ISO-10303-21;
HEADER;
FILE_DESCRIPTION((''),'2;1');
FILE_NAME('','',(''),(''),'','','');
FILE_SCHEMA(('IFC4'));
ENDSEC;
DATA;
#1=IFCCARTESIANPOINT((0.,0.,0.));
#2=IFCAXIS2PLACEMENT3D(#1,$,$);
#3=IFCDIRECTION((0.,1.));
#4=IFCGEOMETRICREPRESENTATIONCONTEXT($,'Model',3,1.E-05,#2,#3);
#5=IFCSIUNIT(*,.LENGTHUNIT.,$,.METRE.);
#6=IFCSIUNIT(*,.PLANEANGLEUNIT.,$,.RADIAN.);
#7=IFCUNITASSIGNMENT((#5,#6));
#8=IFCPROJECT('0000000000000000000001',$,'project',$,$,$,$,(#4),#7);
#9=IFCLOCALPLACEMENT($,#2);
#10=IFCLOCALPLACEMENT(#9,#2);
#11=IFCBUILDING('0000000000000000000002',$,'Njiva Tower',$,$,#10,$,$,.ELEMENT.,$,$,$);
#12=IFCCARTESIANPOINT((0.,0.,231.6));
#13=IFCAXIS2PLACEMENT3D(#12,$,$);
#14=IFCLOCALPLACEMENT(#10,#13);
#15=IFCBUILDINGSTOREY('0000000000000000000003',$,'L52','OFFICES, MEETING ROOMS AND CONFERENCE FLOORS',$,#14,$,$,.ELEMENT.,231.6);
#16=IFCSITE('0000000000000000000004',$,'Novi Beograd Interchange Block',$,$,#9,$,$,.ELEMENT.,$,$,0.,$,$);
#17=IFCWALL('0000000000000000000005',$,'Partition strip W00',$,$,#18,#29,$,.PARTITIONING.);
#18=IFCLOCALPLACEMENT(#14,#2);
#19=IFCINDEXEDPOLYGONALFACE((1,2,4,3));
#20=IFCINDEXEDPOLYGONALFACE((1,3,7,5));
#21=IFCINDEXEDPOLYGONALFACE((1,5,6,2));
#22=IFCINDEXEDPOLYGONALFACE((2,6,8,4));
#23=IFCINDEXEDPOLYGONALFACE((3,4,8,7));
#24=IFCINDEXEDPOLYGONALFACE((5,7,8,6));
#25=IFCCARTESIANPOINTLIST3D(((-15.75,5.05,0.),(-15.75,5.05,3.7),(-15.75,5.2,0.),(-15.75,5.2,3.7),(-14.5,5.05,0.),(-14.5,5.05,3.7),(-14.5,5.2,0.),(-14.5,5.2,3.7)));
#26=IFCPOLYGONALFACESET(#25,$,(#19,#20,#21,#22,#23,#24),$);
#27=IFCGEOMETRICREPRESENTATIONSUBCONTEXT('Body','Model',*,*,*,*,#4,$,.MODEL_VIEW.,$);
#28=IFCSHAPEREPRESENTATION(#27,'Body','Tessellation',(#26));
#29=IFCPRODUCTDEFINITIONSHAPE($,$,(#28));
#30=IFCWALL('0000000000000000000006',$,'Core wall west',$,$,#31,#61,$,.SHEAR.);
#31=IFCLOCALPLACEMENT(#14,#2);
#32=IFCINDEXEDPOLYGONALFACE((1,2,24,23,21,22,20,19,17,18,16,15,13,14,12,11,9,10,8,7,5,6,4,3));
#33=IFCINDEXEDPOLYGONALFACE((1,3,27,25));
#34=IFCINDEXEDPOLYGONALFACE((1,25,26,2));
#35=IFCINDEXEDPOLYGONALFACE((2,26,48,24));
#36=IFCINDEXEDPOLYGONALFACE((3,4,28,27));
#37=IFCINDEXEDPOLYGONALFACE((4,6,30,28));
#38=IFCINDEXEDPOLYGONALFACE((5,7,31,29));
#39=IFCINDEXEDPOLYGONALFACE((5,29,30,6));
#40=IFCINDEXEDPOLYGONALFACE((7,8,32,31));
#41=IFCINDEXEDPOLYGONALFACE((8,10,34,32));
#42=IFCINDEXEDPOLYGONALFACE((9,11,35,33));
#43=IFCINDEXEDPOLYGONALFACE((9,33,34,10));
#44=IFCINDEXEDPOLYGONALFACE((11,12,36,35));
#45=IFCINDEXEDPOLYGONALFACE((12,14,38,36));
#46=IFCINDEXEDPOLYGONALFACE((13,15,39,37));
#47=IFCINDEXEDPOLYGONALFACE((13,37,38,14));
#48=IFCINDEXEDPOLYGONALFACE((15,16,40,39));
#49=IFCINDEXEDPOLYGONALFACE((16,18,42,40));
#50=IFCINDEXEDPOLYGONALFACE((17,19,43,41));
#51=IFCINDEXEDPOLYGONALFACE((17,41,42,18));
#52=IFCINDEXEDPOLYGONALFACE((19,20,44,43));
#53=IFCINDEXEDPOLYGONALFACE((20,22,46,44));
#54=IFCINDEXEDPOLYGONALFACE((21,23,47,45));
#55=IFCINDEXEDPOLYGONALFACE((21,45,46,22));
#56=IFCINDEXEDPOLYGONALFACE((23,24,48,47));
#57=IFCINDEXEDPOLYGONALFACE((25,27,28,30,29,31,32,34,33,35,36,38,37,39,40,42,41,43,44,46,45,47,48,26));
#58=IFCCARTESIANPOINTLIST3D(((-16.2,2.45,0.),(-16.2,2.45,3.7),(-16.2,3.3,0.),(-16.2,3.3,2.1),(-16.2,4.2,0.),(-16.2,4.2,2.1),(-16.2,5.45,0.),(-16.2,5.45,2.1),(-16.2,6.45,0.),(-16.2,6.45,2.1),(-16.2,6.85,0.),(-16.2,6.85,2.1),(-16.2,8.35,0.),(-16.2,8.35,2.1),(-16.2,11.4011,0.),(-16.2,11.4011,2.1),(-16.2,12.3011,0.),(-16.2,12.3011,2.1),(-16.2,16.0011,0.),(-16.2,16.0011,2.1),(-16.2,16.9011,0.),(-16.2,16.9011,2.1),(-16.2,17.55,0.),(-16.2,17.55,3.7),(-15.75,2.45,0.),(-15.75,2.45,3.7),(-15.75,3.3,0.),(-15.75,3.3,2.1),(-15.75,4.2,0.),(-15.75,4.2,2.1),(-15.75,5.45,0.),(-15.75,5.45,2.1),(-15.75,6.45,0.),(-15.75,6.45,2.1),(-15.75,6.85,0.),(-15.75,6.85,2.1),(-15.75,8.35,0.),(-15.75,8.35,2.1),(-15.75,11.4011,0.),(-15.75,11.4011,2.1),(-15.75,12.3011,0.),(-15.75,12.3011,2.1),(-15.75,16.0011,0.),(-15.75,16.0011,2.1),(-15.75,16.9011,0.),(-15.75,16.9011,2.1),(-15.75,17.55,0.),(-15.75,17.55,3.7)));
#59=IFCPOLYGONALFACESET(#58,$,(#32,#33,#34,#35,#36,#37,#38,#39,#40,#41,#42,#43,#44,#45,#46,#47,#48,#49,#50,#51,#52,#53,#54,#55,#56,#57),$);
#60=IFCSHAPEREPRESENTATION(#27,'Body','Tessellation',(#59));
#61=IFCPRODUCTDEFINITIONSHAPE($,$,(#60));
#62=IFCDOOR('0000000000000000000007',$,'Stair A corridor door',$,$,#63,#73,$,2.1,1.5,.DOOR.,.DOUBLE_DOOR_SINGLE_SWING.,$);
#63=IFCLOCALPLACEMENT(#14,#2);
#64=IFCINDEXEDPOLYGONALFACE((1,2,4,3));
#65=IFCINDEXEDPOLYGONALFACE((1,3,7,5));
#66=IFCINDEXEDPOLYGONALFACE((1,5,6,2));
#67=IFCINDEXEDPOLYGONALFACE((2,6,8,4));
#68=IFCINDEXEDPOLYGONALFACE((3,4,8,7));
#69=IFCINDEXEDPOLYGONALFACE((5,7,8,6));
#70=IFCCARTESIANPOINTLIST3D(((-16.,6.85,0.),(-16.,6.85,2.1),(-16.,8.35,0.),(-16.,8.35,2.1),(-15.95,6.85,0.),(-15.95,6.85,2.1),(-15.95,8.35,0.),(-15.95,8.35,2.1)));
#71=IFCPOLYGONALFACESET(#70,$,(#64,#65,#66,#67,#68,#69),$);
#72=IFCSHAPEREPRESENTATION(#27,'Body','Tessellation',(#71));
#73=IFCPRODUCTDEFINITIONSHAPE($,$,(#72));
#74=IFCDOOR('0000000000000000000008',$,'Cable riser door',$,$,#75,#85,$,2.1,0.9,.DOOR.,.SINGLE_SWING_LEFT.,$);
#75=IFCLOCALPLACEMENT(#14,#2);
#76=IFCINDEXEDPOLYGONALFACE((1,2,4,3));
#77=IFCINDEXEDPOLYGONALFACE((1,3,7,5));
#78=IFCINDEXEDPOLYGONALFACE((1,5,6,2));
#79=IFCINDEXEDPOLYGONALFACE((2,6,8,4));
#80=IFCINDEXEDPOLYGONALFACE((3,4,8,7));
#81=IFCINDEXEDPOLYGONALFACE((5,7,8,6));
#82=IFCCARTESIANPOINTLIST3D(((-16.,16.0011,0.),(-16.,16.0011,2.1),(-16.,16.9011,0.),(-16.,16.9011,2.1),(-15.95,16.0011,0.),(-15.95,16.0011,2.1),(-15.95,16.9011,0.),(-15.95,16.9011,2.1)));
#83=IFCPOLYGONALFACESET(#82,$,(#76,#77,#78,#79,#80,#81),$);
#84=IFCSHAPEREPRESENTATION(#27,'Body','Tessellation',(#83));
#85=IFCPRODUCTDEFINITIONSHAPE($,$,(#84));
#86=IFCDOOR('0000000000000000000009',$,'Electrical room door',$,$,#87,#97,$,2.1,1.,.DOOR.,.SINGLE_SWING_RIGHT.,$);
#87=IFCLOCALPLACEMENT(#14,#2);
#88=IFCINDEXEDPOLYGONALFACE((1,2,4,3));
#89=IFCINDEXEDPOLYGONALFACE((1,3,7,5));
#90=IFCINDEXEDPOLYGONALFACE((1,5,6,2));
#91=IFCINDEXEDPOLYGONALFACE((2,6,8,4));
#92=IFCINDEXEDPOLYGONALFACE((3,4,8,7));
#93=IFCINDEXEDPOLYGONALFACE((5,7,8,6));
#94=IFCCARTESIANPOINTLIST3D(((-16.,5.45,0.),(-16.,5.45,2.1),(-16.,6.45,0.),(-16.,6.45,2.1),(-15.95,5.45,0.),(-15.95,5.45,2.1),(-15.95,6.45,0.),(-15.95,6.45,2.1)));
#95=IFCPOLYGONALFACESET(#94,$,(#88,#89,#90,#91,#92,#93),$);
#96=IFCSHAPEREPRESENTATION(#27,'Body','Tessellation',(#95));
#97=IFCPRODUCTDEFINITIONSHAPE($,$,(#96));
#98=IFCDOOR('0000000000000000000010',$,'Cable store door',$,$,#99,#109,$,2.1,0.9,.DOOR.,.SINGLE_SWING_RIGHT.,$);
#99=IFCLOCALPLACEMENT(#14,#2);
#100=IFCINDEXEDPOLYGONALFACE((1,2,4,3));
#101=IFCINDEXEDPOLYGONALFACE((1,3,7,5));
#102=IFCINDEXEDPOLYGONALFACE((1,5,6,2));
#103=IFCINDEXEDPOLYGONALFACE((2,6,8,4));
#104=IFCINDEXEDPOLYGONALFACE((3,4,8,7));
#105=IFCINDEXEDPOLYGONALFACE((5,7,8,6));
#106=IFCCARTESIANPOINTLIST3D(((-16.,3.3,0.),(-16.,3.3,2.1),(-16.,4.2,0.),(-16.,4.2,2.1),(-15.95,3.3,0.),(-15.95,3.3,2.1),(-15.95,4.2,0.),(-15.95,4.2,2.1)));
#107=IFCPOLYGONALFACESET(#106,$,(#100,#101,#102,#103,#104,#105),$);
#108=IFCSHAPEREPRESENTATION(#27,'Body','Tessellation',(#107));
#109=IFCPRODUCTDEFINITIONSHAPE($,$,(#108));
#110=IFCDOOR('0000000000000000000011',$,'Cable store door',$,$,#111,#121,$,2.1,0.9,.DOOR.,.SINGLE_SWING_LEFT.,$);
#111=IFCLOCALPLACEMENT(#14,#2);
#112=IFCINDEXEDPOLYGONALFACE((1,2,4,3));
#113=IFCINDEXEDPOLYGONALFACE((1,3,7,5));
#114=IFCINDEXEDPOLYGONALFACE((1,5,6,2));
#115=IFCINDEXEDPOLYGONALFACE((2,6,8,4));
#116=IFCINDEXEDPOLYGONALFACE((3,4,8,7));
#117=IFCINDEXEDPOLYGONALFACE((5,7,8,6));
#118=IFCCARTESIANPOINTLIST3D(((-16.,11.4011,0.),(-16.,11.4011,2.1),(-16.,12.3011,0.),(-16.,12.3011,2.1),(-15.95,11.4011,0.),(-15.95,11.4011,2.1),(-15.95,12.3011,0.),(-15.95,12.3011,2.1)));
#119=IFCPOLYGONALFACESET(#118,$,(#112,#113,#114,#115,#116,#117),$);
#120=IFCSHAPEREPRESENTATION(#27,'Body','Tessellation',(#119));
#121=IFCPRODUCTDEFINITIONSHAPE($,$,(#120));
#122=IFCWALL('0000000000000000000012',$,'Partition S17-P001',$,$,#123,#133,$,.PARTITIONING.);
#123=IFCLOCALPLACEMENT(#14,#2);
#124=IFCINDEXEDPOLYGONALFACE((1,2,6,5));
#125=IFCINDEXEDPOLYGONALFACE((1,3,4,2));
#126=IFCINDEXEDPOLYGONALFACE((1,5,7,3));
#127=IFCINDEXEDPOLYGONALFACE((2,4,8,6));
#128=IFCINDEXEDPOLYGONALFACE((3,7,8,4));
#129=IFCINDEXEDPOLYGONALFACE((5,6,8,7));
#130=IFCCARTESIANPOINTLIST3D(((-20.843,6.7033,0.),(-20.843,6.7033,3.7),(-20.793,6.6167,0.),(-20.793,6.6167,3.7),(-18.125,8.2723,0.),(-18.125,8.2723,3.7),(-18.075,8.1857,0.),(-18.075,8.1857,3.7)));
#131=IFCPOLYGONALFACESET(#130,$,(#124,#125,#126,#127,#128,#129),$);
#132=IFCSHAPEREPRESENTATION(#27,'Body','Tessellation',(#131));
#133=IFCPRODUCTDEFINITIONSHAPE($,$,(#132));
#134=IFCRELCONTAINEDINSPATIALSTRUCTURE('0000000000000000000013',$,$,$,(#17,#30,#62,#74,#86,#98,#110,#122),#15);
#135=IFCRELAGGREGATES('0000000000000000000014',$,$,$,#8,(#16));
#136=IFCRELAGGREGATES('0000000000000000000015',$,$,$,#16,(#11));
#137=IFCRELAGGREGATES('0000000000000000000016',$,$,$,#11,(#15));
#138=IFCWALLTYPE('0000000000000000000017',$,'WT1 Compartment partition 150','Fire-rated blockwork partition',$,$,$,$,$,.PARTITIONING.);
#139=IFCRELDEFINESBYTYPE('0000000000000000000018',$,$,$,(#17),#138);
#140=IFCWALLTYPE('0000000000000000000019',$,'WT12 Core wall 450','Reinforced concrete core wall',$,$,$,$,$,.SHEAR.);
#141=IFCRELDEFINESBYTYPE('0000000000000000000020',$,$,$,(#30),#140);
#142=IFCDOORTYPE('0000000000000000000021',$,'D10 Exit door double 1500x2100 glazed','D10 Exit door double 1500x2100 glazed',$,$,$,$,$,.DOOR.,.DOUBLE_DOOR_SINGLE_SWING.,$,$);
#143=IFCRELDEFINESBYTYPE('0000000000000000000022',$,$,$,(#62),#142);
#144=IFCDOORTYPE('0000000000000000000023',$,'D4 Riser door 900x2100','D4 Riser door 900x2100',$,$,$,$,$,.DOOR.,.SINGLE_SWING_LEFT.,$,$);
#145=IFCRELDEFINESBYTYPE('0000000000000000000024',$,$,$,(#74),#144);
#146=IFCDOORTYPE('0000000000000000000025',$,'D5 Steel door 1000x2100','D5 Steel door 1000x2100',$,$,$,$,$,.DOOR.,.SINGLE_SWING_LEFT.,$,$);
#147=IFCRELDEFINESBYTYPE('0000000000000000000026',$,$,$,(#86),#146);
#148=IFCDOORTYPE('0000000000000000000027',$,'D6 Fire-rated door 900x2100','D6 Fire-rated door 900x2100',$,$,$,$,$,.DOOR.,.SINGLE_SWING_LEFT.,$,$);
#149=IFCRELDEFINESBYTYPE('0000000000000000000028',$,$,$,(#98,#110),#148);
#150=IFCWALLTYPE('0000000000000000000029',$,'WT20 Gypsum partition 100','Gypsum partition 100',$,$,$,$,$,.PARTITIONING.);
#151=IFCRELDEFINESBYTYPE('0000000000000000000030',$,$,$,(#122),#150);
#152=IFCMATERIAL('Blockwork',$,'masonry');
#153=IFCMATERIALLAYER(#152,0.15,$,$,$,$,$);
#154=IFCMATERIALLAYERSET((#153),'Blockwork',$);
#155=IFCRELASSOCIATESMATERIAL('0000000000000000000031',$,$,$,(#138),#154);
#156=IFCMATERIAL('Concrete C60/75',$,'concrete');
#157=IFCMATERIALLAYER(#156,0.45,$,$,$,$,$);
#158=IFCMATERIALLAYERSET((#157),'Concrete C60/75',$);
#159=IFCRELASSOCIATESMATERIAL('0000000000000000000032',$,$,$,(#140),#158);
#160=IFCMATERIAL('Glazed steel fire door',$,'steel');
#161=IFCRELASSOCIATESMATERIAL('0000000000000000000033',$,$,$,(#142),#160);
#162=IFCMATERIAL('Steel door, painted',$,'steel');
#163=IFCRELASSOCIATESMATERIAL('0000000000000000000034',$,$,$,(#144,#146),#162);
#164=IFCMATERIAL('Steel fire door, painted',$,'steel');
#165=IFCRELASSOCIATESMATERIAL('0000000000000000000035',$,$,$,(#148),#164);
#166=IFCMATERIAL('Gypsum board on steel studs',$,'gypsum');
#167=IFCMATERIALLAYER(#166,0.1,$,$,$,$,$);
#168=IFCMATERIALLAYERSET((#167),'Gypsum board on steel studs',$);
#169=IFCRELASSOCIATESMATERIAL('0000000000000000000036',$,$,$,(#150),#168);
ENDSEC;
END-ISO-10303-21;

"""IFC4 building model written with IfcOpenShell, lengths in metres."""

from ifc_helpers import new_model, si_unit, direction, frame, frame_2d, origin, place, context, subcontext, project, spatial, rectangle, extrude, material, layer, layer_set, type_object, element, fill, save


model = new_model("IFC4")

# Units and contexts
model_context = context("Model", 3, precision=1e-05, world=origin(), true_north=direction((0.0, 1.0)))
body_context = subcontext(model_context, "Body", "Model", "MODEL_VIEW")
ifc_project = project(units=[si_unit("LENGTHUNIT", "METRE"), si_unit("PLANEANGLEUNIT", "RADIAN")], contexts=[model_context])

# Site, building, storey
site_placement = place(None, origin())
site = spatial("IfcSite", under=ifc_project, at=site_placement, Name="Novi Beograd Interchange Block", CompositionType="ELEMENT", RefElevation=0.0)
building_placement = place(site_placement, origin())
building = spatial("IfcBuilding", under=site, at=building_placement, Name="Njiva Tower", CompositionType="ELEMENT")
storey_placement = place(building_placement, frame((0.0, 0.0, 231.6)))
storey = spatial("IfcBuildingStorey", under=building, at=storey_placement, Name="L52", Description="OFFICES, MEETING ROOMS AND CONFERENCE FLOORS", CompositionType="ELEMENT", Elevation=231.6)

# Wall
ifc_material_1 = material(Name="Blockwork", Category="masonry")
ifc_layer_1 = layer(ifc_material_1, 0.15)
ifc_layer_set_1 = layer_set([ifc_layer_1], Name="Blockwork")
wall_type_1 = type_object("IfcWallType", Name="WT1 Compartment partition 150", Description="Fire-rated blockwork partition", PredefinedType="PARTITIONING", material=ifc_layer_set_1)
wall_1_placement = place(storey_placement, frame((-15.75, 5.125, 0.0), z_axis=(0.0, 0.0, 1.0), x_axis=(1.0, 0.0, 0.0)))
element("IfcWall", 1, at=wall_1_placement, inside=storey, type_object=wall_type_1, Name="Partition strip W00", PredefinedType="PARTITIONING", context=body_context, shape_type="SweptSolid", body=[
    extrude(rectangle(XDim=1.25, YDim=0.15, at=frame_2d((0.625, 0.0))), origin(), (0.0, 0.0, 1.0), 3.7),
])

# Wall, openings, doors
ifc_material_2 = material(Name="Concrete C60/75", Category="concrete")
ifc_layer_2 = layer(ifc_material_2, 0.45)
ifc_layer_set_2 = layer_set([ifc_layer_2], Name="Concrete C60/75")
wall_type_2 = type_object("IfcWallType", Name="WT12 Core wall 450", Description="Reinforced concrete core wall", PredefinedType="SHEAR", material=ifc_layer_set_2)
wall_2_placement = place(storey_placement, frame((-15.975, 2.45, 0.0), z_axis=(0.0, 0.0, 1.0), x_axis=(0.0, 1.0, 0.0)))
wall_2 = element("IfcWall", 2, at=wall_2_placement, inside=storey, type_object=wall_type_2, Name="Core wall west", PredefinedType="SHEAR", context=body_context, shape_type="SweptSolid", body=[
    extrude(rectangle(XDim=15.1, YDim=0.45, at=frame_2d((7.55, 0.0))), origin(), (0.0, 0.0, 1.0), 3.7),
])
opening_1_placement = place(wall_2_placement, frame((4.4, 0.0, 0.0)))
opening_1 = element("IfcOpeningElement", 3, at=opening_1_placement, cuts=wall_2, PredefinedType="OPENING", context=body_context, shape_type="SweptSolid", body=[
    extrude(rectangle(XDim=1.5, YDim=2.1, at=frame_2d((0.75, 1.05))), frame((0.0, 0.235, 0.0), z_axis=(0.0, -1.0, 0.0), x_axis=(1.0, 0.0, 0.0)), (0.0, 0.0, 1.0), 0.47),
])
opening_2_placement = place(wall_2_placement, frame((0.85, 0.0, 0.0)))
opening_2 = element("IfcOpeningElement", 4, at=opening_2_placement, cuts=wall_2, PredefinedType="OPENING", context=body_context, shape_type="SweptSolid", body=[
    extrude(rectangle(XDim=0.9, YDim=2.1, at=frame_2d((0.45, 1.05))), frame((0.0, 0.235, 0.0), z_axis=(0.0, -1.0, 0.0), x_axis=(1.0, 0.0, 0.0)), (0.0, 0.0, 1.0), 0.47),
])
opening_3_placement = place(wall_2_placement, frame((3.0, 0.0, 0.0)))
opening_3 = element("IfcOpeningElement", 5, at=opening_3_placement, cuts=wall_2, PredefinedType="OPENING", context=body_context, shape_type="SweptSolid", body=[
    extrude(rectangle(XDim=1.0, YDim=2.1, at=frame_2d((0.5, 1.05))), frame((0.0, 0.235, 0.0), z_axis=(0.0, -1.0, 0.0), x_axis=(1.0, 0.0, 0.0)), (0.0, 0.0, 1.0), 0.47),
])
opening_4_placement = place(wall_2_placement, frame((8.9511, 0.0, 0.0)))
opening_4 = element("IfcOpeningElement", 6, at=opening_4_placement, cuts=wall_2, PredefinedType="OPENING", context=body_context, shape_type="SweptSolid", body=[
    extrude(rectangle(XDim=0.9, YDim=2.1, at=frame_2d((0.45, 1.05))), frame((0.0, 0.235, 0.0), z_axis=(0.0, -1.0, 0.0), x_axis=(1.0, 0.0, 0.0)), (0.0, 0.0, 1.0), 0.47),
])
opening_5_placement = place(wall_2_placement, frame((13.5511, 0.0, 0.0)))
opening_5 = element("IfcOpeningElement", 7, at=opening_5_placement, cuts=wall_2, PredefinedType="OPENING", context=body_context, shape_type="SweptSolid", body=[
    extrude(rectangle(XDim=0.9, YDim=2.1, at=frame_2d((0.45, 1.05))), frame((0.0, 0.235, 0.0), z_axis=(0.0, -1.0, 0.0), x_axis=(1.0, 0.0, 0.0)), (0.0, 0.0, 1.0), 0.47),
])
ifc_material_3 = material(Name="Glazed steel fire door", Category="steel")
door_type_1 = type_object("IfcDoorType", Name="D10 Exit door double 1500x2100 glazed", Description="D10 Exit door double 1500x2100 glazed", OperationType="DOUBLE_DOOR_SINGLE_SWING", PredefinedType="DOOR", material=ifc_material_3)
door_1_placement = place(opening_1_placement, origin())
door_1 = element("IfcDoor", 8, at=door_1_placement, inside=storey, type_object=door_type_1, Name="Stair A corridor door", OperationType="DOUBLE_DOOR_SINGLE_SWING", OverallHeight=2.1, OverallWidth=1.5, PredefinedType="DOOR", context=body_context, shape_type="SweptSolid", body=[
    extrude(rectangle(XDim=1.5, YDim=2.1, at=frame_2d((0.75, 1.05))), frame((0.0, 0.025, 0.0), z_axis=(0.0, -1.0, 0.0), x_axis=(1.0, 0.0, 0.0)), (0.0, 0.0, 1.0), 0.05),
])
fill(opening_1, door_1)
ifc_material_4 = material(Name="Steel door, painted", Category="steel")
door_type_2 = type_object("IfcDoorType", Name="D4 Riser door 900x2100", Description="D4 Riser door 900x2100", OperationType="SINGLE_SWING_LEFT", PredefinedType="DOOR", material=ifc_material_4)
door_2_placement = place(opening_5_placement, origin())
door_2 = element("IfcDoor", 9, at=door_2_placement, inside=storey, type_object=door_type_2, Name="Cable riser door", OperationType="SINGLE_SWING_LEFT", OverallHeight=2.1, OverallWidth=0.9, PredefinedType="DOOR", context=body_context, shape_type="SweptSolid", body=[
    extrude(rectangle(XDim=0.9, YDim=2.1, at=frame_2d((0.45, 1.05))), frame((0.0, 0.025, 0.0), z_axis=(0.0, -1.0, 0.0), x_axis=(1.0, 0.0, 0.0)), (0.0, 0.0, 1.0), 0.05),
])
fill(opening_5, door_2)
door_type_3 = type_object("IfcDoorType", Name="D5 Steel door 1000x2100", Description="D5 Steel door 1000x2100", OperationType="SINGLE_SWING_LEFT", PredefinedType="DOOR", material=ifc_material_4)
door_3_placement = place(opening_3_placement, origin())
door_3 = element("IfcDoor", 10, at=door_3_placement, inside=storey, type_object=door_type_3, Name="Electrical room door", OperationType="SINGLE_SWING_RIGHT", OverallHeight=2.1, OverallWidth=1.0, PredefinedType="DOOR", context=body_context, shape_type="SweptSolid", body=[
    extrude(rectangle(XDim=1.0, YDim=2.1, at=frame_2d((0.5, 1.05))), frame((0.0, 0.025, 0.0), z_axis=(0.0, -1.0, 0.0), x_axis=(1.0, 0.0, 0.0)), (0.0, 0.0, 1.0), 0.05),
])
fill(opening_3, door_3)
ifc_material_5 = material(Name="Steel fire door, painted", Category="steel")
door_type_4 = type_object("IfcDoorType", Name="D6 Fire-rated door 900x2100", Description="D6 Fire-rated door 900x2100", OperationType="SINGLE_SWING_LEFT", PredefinedType="DOOR", material=ifc_material_5)
door_4_placement = place(opening_2_placement, origin())
door_4 = element("IfcDoor", 11, at=door_4_placement, inside=storey, type_object=door_type_4, Name="Cable store door", OperationType="SINGLE_SWING_RIGHT", OverallHeight=2.1, OverallWidth=0.9, PredefinedType="DOOR", context=body_context, shape_type="SweptSolid", body=[
    extrude(rectangle(XDim=0.9, YDim=2.1, at=frame_2d((0.45, 1.05))), frame((0.0, 0.025, 0.0), z_axis=(0.0, -1.0, 0.0), x_axis=(1.0, 0.0, 0.0)), (0.0, 0.0, 1.0), 0.05),
])
fill(opening_2, door_4)
door_5_placement = place(opening_4_placement, origin())
door_5 = element("IfcDoor", 12, at=door_5_placement, inside=storey, type_object=door_type_4, Name="Cable store door", OperationType="SINGLE_SWING_LEFT", OverallHeight=2.1, OverallWidth=0.9, PredefinedType="DOOR", context=body_context, shape_type="SweptSolid", body=[
    extrude(rectangle(XDim=0.9, YDim=2.1, at=frame_2d((0.45, 1.05))), frame((0.0, 0.025, 0.0), z_axis=(0.0, -1.0, 0.0), x_axis=(1.0, 0.0, 0.0)), (0.0, 0.0, 1.0), 0.05),
])
fill(opening_4, door_5)

# Wall
ifc_material_6 = material(Name="Gypsum board on steel studs", Category="gypsum")
ifc_layer_3 = layer(ifc_material_6, 0.1)
ifc_layer_set_3 = layer_set([ifc_layer_3], Name="Gypsum board on steel studs")
wall_type_3 = type_object("IfcWallType", Name="WT20 Gypsum partition 100", Description="Gypsum partition 100", PredefinedType="PARTITIONING", material=ifc_layer_set_3)
wall_3_placement = place(storey_placement, frame((-20.818, 6.66, 0.0), z_axis=(0.0, 0.0, 1.0), x_axis=(0.866058, 0.499943, 0.0)))
element("IfcWall", 13, at=wall_3_placement, inside=storey, type_object=wall_type_3, Name="Partition S17-P001", PredefinedType="PARTITIONING", context=body_context, shape_type="SweptSolid", body=[
    extrude(rectangle(XDim=3.1384, YDim=0.1, at=frame_2d((1.5692, 0.0))), origin(), (0.0, 0.0, 1.0), 3.7),
])

save(model, "model.ifc")
